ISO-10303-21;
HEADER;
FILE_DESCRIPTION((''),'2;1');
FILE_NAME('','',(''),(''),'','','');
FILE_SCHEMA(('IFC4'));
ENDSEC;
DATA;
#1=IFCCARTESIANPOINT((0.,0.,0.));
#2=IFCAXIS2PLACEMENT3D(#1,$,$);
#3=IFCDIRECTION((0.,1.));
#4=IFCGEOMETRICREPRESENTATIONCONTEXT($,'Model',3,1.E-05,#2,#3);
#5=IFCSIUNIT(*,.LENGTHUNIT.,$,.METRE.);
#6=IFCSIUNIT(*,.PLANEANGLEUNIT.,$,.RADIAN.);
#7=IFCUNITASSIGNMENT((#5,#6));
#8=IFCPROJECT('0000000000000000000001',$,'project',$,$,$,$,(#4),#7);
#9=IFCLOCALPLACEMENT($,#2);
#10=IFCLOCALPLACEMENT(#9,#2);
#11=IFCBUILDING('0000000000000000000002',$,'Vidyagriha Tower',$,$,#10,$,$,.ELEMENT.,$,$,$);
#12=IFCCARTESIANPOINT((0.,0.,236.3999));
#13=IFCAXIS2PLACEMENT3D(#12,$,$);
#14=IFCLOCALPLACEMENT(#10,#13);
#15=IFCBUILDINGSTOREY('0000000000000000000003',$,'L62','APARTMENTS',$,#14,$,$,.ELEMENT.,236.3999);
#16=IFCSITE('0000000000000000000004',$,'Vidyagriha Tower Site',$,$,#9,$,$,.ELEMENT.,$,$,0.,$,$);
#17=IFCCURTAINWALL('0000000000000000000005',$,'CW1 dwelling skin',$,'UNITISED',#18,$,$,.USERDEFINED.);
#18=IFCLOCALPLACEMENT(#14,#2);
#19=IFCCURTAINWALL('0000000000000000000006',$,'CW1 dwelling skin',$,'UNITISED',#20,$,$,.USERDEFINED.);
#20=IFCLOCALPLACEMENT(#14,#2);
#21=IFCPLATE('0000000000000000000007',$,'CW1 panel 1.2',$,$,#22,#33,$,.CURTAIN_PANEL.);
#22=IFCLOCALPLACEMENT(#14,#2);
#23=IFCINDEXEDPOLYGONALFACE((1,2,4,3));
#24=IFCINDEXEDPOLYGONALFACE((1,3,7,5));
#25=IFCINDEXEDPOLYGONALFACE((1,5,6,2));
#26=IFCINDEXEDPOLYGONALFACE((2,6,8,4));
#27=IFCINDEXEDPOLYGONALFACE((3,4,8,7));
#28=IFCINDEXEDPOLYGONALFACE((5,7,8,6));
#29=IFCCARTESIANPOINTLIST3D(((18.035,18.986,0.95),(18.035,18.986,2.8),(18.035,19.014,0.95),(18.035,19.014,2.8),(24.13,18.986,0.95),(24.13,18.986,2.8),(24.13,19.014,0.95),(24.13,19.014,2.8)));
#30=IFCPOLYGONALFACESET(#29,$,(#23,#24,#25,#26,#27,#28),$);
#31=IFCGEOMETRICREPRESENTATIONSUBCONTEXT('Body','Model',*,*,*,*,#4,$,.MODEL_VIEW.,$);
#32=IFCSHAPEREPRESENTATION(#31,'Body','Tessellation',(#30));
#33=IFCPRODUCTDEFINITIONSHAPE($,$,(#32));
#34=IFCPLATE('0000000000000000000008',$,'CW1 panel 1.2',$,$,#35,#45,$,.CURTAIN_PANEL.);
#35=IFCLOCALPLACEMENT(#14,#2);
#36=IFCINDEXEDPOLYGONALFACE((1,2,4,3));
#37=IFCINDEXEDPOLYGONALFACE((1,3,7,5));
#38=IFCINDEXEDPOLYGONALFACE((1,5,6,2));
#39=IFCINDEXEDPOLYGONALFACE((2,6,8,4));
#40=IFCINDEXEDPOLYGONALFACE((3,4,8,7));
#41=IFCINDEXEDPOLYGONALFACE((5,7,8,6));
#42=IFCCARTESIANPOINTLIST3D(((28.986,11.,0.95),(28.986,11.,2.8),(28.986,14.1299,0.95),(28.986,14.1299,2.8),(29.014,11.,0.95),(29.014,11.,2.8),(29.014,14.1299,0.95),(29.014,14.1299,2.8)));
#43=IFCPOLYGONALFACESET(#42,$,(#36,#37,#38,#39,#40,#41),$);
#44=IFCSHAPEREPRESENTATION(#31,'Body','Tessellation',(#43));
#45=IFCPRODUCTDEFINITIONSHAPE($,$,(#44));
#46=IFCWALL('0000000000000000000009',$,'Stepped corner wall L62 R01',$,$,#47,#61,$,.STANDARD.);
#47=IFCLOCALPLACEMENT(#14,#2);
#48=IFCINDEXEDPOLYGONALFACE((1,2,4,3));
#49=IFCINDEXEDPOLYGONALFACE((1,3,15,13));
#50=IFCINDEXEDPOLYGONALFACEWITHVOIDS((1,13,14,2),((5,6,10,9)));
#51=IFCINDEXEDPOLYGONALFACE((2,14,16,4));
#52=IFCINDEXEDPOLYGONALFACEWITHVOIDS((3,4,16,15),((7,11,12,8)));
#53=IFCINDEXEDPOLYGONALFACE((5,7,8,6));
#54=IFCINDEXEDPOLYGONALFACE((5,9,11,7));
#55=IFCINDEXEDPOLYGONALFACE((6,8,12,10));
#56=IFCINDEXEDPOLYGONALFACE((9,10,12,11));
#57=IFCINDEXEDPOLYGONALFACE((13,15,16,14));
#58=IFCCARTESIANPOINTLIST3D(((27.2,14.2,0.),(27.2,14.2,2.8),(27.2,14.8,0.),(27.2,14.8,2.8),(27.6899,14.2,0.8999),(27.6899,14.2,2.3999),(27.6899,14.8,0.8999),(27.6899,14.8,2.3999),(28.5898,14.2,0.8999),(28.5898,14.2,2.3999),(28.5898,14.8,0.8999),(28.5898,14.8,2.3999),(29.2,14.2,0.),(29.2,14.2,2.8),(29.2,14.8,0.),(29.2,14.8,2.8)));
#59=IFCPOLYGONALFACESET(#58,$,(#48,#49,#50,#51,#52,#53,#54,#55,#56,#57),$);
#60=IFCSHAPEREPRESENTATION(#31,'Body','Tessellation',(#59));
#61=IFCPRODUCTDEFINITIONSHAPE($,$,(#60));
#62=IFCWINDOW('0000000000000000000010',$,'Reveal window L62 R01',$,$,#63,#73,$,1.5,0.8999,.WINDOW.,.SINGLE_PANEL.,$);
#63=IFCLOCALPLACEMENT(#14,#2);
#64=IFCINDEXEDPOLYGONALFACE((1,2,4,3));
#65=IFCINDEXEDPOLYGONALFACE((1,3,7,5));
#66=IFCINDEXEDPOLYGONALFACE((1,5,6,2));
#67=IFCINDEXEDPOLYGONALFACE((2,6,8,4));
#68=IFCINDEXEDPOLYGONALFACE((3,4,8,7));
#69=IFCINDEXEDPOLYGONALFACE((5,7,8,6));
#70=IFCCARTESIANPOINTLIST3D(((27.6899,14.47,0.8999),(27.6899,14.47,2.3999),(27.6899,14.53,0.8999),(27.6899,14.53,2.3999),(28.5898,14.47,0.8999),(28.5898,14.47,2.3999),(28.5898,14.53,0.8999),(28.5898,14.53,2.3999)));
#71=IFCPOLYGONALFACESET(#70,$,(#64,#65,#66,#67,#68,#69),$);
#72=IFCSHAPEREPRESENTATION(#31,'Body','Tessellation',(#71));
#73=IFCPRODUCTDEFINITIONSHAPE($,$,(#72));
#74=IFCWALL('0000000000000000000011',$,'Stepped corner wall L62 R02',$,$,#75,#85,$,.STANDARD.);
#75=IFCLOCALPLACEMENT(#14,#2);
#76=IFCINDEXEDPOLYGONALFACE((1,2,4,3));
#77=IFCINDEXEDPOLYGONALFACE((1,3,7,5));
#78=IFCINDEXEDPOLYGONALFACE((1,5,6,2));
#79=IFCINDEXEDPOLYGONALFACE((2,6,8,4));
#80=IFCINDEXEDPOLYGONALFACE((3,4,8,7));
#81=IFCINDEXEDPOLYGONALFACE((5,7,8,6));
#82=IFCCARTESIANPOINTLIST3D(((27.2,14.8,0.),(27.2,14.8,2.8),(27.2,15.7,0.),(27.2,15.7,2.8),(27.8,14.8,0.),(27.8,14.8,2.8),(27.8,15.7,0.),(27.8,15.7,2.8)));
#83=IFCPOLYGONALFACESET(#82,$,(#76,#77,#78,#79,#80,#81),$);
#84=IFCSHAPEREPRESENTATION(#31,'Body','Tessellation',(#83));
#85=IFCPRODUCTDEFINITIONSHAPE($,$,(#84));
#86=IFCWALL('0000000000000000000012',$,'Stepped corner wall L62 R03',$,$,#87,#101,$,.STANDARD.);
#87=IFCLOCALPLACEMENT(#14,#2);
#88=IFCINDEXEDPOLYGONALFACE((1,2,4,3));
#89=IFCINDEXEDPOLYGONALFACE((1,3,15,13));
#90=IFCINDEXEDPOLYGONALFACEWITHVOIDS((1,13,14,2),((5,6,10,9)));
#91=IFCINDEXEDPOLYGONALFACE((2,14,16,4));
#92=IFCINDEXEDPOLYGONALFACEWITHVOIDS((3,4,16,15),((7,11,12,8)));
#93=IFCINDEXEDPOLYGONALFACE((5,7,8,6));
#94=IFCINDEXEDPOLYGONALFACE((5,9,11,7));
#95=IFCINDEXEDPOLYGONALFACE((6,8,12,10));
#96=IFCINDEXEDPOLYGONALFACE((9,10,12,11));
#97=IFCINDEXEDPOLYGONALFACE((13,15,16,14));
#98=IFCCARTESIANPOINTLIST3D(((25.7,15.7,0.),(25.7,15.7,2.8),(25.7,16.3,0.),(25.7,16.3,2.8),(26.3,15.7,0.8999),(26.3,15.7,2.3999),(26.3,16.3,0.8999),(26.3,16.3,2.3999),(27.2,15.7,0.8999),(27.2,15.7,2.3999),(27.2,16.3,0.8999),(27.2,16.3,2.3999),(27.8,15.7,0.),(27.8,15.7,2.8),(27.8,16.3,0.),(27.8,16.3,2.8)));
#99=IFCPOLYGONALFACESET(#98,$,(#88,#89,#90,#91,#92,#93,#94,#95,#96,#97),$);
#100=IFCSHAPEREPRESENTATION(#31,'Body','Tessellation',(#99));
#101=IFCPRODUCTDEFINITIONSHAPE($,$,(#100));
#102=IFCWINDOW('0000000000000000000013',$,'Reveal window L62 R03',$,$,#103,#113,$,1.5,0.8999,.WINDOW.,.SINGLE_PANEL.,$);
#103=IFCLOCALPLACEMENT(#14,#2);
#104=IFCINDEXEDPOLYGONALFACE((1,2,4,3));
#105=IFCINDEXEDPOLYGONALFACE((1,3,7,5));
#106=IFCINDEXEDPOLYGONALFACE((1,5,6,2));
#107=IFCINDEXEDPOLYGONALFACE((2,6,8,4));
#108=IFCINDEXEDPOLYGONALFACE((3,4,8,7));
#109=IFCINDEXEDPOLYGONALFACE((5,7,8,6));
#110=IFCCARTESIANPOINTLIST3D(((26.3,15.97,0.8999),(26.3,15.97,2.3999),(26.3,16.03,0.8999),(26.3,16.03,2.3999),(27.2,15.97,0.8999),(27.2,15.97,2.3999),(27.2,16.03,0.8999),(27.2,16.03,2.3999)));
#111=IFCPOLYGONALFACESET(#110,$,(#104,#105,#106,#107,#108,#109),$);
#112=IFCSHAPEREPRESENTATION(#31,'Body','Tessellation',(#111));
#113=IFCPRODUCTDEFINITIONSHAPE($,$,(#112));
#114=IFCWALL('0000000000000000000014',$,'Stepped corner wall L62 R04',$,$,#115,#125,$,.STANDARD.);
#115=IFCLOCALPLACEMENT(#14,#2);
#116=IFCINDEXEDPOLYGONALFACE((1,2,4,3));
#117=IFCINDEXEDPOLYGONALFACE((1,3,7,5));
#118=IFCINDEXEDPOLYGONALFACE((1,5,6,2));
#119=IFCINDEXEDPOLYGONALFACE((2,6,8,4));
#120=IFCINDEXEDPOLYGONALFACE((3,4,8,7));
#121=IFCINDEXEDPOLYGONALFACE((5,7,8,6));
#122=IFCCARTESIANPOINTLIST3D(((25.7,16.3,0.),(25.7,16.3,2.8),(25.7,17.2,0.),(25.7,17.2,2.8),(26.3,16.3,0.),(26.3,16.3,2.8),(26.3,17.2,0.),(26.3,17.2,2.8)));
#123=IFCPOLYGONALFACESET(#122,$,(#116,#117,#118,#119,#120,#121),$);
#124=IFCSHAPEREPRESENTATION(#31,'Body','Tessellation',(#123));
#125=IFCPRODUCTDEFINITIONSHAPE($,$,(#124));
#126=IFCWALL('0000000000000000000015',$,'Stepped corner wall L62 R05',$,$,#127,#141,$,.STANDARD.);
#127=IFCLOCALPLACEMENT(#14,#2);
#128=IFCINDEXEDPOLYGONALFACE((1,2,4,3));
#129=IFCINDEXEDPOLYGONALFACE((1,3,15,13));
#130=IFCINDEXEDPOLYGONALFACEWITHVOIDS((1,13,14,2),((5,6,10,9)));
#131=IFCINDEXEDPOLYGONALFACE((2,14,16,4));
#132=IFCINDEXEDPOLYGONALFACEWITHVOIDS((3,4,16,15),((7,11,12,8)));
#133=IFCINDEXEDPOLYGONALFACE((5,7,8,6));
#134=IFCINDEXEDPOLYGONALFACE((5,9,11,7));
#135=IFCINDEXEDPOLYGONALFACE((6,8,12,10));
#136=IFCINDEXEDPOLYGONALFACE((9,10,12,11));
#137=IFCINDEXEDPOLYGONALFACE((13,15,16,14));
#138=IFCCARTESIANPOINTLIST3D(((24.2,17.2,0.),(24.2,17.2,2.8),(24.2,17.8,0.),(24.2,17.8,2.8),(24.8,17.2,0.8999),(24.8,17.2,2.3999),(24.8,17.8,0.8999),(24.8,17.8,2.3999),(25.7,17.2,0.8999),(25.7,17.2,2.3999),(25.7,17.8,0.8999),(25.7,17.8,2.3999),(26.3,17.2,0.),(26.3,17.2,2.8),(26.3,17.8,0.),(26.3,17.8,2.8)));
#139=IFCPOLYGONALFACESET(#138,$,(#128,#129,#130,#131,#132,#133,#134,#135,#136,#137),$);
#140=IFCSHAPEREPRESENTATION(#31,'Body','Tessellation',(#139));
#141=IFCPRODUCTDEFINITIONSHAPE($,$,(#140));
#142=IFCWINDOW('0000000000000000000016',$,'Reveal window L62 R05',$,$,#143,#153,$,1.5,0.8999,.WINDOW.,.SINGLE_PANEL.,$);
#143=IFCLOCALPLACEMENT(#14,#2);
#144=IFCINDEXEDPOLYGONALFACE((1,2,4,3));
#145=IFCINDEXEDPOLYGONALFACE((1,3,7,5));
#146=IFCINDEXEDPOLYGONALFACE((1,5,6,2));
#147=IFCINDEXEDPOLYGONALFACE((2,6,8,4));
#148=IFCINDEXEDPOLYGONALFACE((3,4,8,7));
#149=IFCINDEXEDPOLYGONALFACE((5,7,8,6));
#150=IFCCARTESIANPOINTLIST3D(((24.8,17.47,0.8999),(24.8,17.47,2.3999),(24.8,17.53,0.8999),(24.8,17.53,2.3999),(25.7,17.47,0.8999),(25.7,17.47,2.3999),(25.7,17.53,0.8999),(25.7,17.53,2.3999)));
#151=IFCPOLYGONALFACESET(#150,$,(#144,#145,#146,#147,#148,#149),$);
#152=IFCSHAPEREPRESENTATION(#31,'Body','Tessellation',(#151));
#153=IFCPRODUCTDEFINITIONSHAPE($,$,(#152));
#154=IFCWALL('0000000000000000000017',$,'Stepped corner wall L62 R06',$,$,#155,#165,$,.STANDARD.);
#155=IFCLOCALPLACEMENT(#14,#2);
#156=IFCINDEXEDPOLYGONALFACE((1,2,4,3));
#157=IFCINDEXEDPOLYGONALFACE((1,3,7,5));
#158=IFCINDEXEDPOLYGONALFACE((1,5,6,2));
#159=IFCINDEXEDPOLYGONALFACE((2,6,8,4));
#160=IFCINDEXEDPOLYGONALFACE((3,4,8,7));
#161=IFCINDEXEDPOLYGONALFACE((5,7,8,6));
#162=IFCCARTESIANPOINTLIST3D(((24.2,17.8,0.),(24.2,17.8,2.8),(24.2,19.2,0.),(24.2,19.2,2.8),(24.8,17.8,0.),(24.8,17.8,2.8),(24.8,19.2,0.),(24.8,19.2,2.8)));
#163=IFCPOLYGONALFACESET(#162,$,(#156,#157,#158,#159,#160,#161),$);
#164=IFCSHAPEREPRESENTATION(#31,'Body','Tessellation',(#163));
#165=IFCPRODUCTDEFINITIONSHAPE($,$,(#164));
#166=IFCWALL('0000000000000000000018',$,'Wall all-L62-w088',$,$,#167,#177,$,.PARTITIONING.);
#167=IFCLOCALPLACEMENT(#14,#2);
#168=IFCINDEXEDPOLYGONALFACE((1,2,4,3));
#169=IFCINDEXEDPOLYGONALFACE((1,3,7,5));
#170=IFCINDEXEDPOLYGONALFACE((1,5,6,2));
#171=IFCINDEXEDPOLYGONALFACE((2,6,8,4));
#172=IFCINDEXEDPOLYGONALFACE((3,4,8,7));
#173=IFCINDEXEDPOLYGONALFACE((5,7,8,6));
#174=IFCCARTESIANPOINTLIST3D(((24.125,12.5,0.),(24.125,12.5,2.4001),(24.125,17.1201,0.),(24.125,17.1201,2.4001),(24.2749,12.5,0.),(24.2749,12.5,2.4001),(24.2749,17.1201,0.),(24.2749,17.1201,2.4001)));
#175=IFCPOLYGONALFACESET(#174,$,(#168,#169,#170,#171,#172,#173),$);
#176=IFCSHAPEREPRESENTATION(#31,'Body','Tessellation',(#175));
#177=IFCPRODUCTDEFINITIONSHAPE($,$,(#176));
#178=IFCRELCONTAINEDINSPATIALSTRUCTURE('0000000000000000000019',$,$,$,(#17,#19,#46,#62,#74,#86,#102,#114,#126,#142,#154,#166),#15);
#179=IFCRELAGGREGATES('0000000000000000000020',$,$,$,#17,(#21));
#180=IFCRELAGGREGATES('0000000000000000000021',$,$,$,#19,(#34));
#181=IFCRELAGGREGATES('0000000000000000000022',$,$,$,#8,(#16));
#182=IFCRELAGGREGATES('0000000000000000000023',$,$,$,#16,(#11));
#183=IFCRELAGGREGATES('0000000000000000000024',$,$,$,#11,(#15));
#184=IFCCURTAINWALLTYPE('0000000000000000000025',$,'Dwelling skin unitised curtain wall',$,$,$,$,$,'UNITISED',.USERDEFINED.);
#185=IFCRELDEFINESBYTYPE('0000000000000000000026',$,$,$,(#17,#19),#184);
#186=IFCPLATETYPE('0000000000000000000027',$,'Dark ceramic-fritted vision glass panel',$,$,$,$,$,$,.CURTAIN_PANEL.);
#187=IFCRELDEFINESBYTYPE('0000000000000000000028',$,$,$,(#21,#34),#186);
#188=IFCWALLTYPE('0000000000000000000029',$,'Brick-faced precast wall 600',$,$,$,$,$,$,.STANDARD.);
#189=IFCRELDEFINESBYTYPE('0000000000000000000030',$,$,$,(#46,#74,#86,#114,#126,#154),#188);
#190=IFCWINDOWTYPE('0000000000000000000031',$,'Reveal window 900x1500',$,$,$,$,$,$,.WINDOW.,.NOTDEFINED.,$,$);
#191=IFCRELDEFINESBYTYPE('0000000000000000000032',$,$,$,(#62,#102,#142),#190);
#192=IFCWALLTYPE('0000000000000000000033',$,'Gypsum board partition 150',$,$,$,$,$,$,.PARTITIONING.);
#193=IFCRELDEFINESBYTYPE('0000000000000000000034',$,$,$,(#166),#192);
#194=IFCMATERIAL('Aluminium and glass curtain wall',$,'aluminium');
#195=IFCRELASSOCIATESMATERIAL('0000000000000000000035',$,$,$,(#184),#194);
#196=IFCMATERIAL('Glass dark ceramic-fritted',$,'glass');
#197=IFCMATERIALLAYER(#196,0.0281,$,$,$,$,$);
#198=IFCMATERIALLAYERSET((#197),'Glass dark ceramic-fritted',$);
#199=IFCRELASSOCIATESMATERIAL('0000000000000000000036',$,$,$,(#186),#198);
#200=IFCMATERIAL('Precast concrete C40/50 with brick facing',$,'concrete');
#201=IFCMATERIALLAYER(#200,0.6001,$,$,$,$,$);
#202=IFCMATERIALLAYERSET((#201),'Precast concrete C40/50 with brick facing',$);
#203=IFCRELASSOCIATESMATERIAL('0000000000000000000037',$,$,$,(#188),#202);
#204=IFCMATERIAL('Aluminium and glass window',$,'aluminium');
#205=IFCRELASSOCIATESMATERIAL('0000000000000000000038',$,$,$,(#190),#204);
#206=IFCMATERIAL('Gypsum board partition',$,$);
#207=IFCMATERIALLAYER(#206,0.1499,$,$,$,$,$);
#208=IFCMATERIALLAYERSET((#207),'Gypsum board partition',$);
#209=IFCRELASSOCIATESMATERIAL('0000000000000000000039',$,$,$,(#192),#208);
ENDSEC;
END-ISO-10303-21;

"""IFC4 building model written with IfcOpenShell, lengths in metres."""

from ifc_helpers import new_model, si_unit, direction, frame, frame_2d, origin, origin_2d, place, context, subcontext, project, spatial, rectangle, extrude, material, layer, layer_set, type_object, element, fill, aggregate, save


model = new_model("IFC4")

# Units and contexts
model_context = context("Model", 3, precision=1e-05, world=origin(), true_north=direction((0.0, 1.0)))
body_context = subcontext(model_context, "Body", "Model", "MODEL_VIEW")
ifc_project = project(units=[si_unit("LENGTHUNIT", "METRE"), si_unit("PLANEANGLEUNIT", "RADIAN")], contexts=[model_context])

# Site, building, storey
site_placement = place(None, origin())
site = spatial("IfcSite", under=ifc_project, at=site_placement, Name="Vidyagriha Tower Site", CompositionType="ELEMENT", RefElevation=0.0)
building_placement = place(site_placement, origin())
building = spatial("IfcBuilding", under=site, at=building_placement, Name="Vidyagriha Tower", CompositionType="ELEMENT")
storey_placement = place(building_placement, frame((0.0, 0.0, 236.3999)))
storey = spatial("IfcBuildingStorey", under=building, at=storey_placement, Name="L62", Description="APARTMENTS", CompositionType="ELEMENT", Elevation=236.3999)

# Curtain wall
ifc_material_1 = material(Name="Aluminium and glass curtain wall", Category="aluminium")
curtain_wall_type = type_object("IfcCurtainWallType", Name="Dwelling skin unitised curtain wall", ElementType="UNITISED", PredefinedType="USERDEFINED", material=ifc_material_1)
curtain_wall_1_placement = place(storey_placement, origin())
curtain_wall_1 = element("IfcCurtainWall", 1, at=curtain_wall_1_placement, inside=storey, type_object=curtain_wall_type, Name="CW1 dwelling skin", ObjectType="UNITISED", PredefinedType="USERDEFINED")

# Curtain wall
curtain_wall_2_placement = place(storey_placement, origin())
curtain_wall_2 = element("IfcCurtainWall", 2, at=curtain_wall_2_placement, inside=storey, type_object=curtain_wall_type, Name="CW1 dwelling skin", ObjectType="UNITISED", PredefinedType="USERDEFINED")

# Plates
ifc_material_2 = material(Name="Glass dark ceramic-fritted", Category="glass")
ifc_layer_1 = layer(ifc_material_2, 0.0281)
ifc_layer_set_1 = layer_set([ifc_layer_1], Name="Glass dark ceramic-fritted")
plate_type_1 = type_object("IfcPlateType", Name="Dark ceramic-fritted vision glass panel", PredefinedType="CURTAIN_PANEL", material=ifc_layer_set_1)
plate_1_placement = place(storey_placement, frame((21.0825, 19.0, 0.95), z_axis=(0.0, 0.0, 1.0), x_axis=(-1.0, 0.0, 0.0)))
plate_1 = element("IfcPlate", 3, at=plate_1_placement, type_object=plate_type_1, Name="CW1 panel 1.2", PredefinedType="CURTAIN_PANEL", context=body_context, shape_type="SweptSolid", body=[
    extrude(rectangle(XDim=6.095, YDim=0.0281, at=origin_2d()), origin(), (0.0, 0.0, 1.0), 1.8501),
])
aggregate(curtain_wall_1, [plate_1])
plate_2_placement = place(storey_placement, frame((29.0, 12.5649, 0.95), z_axis=(0.0, 0.0, 1.0), x_axis=(0.0, 1.0, 0.0)))
plate_2 = element("IfcPlate", 4, at=plate_2_placement, type_object=plate_type_1, Name="CW1 panel 1.2", PredefinedType="CURTAIN_PANEL", context=body_context, shape_type="SweptSolid", body=[
    extrude(rectangle(XDim=3.1299, YDim=0.0281, at=origin_2d()), origin(), (0.0, 0.0, 1.0), 1.8501),
])
aggregate(curtain_wall_2, [plate_2])

# Wall, opening, window
ifc_material_3 = material(Name="Precast concrete C40/50 with brick facing", Category="concrete")
ifc_layer_2 = layer(ifc_material_3, 0.6001)
ifc_layer_set_2 = layer_set([ifc_layer_2], Name="Precast concrete C40/50 with brick facing")
wall_type_1 = type_object("IfcWallType", Name="Brick-faced precast wall 600", PredefinedType="STANDARD", material=ifc_layer_set_2)
wall_1_placement = place(storey_placement, frame((29.2, 14.5, 0.0), z_axis=(0.0, 0.0, 1.0), x_axis=(-1.0, 0.0, 0.0)))
wall_1 = element("IfcWall", 5, at=wall_1_placement, inside=storey, type_object=wall_type_1, Name="Stepped corner wall L62 R01", PredefinedType="STANDARD", context=body_context, shape_type="SweptSolid", body=[
    extrude(rectangle(XDim=2.0, YDim=0.6001, at=frame_2d((1.0, 0.0))), origin(), (0.0, 0.0, 1.0), 2.8),
])
opening_1_placement = place(wall_1_placement, frame((0.6101, 0.0, 0.8999)))
opening_1 = element("IfcOpeningElement", 6, at=opening_1_placement, cuts=wall_1, PredefinedType="OPENING", context=body_context, shape_type="SweptSolid", body=[
    extrude(rectangle(XDim=0.8999, YDim=1.5, at=frame_2d((0.45, 0.75))), frame((0.0, 0.3101, 0.0), z_axis=(0.0, -1.0, 0.0), x_axis=(1.0, 0.0, 0.0)), (0.0, 0.0, 1.0), 0.6201),
])
ifc_material_4 = material(Name="Aluminium and glass window", Category="aluminium")
window_type = type_object("IfcWindowType", Name="Reveal window 900x1500", PartitioningType="NOTDEFINED", PredefinedType="WINDOW", material=ifc_material_4)
window_1_placement = place(opening_1_placement, origin())
window_1 = element("IfcWindow", 7, at=window_1_placement, inside=storey, type_object=window_type, Name="Reveal window L62 R01", OverallHeight=1.5, OverallWidth=0.8999, PartitioningType="SINGLE_PANEL", PredefinedType="WINDOW", context=body_context, shape_type="SweptSolid", body=[
    extrude(rectangle(XDim=0.8999, YDim=1.5, at=frame_2d((0.45, 0.75))), frame((0.0, 0.03, 0.0), z_axis=(0.0, -1.0, 0.0), x_axis=(1.0, 0.0, 0.0)), (0.0, 0.0, 1.0), 0.0601),
])
fill(opening_1, window_1)

# Wall
wall_2_placement = place(storey_placement, frame((27.5, 14.8, 0.0), z_axis=(0.0, 0.0, 1.0), x_axis=(0.0, 1.0, 0.0)))
element("IfcWall", 8, at=wall_2_placement, inside=storey, type_object=wall_type_1, Name="Stepped corner wall L62 R02", PredefinedType="STANDARD", context=body_context, shape_type="SweptSolid", body=[
    extrude(rectangle(XDim=0.8999, YDim=0.6001, at=frame_2d((0.45, 0.0))), origin(), (0.0, 0.0, 1.0), 2.8),
])

# Wall, opening, window
wall_3_placement = place(storey_placement, frame((27.8, 16.0, 0.0), z_axis=(0.0, 0.0, 1.0), x_axis=(-1.0, 0.0, 0.0)))
wall_3 = element("IfcWall", 9, at=wall_3_placement, inside=storey, type_object=wall_type_1, Name="Stepped corner wall L62 R03", PredefinedType="STANDARD", context=body_context, shape_type="SweptSolid", body=[
    extrude(rectangle(XDim=2.1001, YDim=0.6001, at=frame_2d((1.05, 0.0))), origin(), (0.0, 0.0, 1.0), 2.8),
])
opening_2_placement = place(wall_3_placement, frame((0.6001, 0.0, 0.8999)))
opening_2 = element("IfcOpeningElement", 10, at=opening_2_placement, cuts=wall_3, PredefinedType="OPENING", context=body_context, shape_type="SweptSolid", body=[
    extrude(rectangle(XDim=0.8999, YDim=1.5, at=frame_2d((0.45, 0.75))), frame((0.0, 0.3101, 0.0), z_axis=(0.0, -1.0, 0.0), x_axis=(1.0, 0.0, 0.0)), (0.0, 0.0, 1.0), 0.6201),
])
window_2_placement = place(opening_2_placement, origin())
window_2 = element("IfcWindow", 11, at=window_2_placement, inside=storey, type_object=window_type, Name="Reveal window L62 R03", OverallHeight=1.5, OverallWidth=0.8999, PartitioningType="SINGLE_PANEL", PredefinedType="WINDOW", context=body_context, shape_type="SweptSolid", body=[
    extrude(rectangle(XDim=0.8999, YDim=1.5, at=frame_2d((0.45, 0.75))), frame((0.0, 0.03, 0.0), z_axis=(0.0, -1.0, 0.0), x_axis=(1.0, 0.0, 0.0)), (0.0, 0.0, 1.0), 0.0601),
])
fill(opening_2, window_2)

# Wall
wall_4_placement = place(storey_placement, frame((26.0, 16.3, 0.0), z_axis=(0.0, 0.0, 1.0), x_axis=(0.0, 1.0, 0.0)))
element("IfcWall", 12, at=wall_4_placement, inside=storey, type_object=wall_type_1, Name="Stepped corner wall L62 R04", PredefinedType="STANDARD", context=body_context, shape_type="SweptSolid", body=[
    extrude(rectangle(XDim=0.8999, YDim=0.6001, at=frame_2d((0.45, 0.0))), origin(), (0.0, 0.0, 1.0), 2.8),
])

# Wall, opening, window
wall_5_placement = place(storey_placement, frame((26.3, 17.5, 0.0), z_axis=(0.0, 0.0, 1.0), x_axis=(-1.0, 0.0, 0.0)))
wall_5 = element("IfcWall", 13, at=wall_5_placement, inside=storey, type_object=wall_type_1, Name="Stepped corner wall L62 R05", PredefinedType="STANDARD", context=body_context, shape_type="SweptSolid", body=[
    extrude(rectangle(XDim=2.1001, YDim=0.6001, at=frame_2d((1.05, 0.0))), origin(), (0.0, 0.0, 1.0), 2.8),
])
opening_3_placement = place(wall_5_placement, frame((0.6001, 0.0, 0.8999)))
opening_3 = element("IfcOpeningElement", 14, at=opening_3_placement, cuts=wall_5, PredefinedType="OPENING", context=body_context, shape_type="SweptSolid", body=[
    extrude(rectangle(XDim=0.8999, YDim=1.5, at=frame_2d((0.45, 0.75))), frame((0.0, 0.3101, 0.0), z_axis=(0.0, -1.0, 0.0), x_axis=(1.0, 0.0, 0.0)), (0.0, 0.0, 1.0), 0.6201),
])
window_3_placement = place(opening_3_placement, origin())
window_3 = element("IfcWindow", 15, at=window_3_placement, inside=storey, type_object=window_type, Name="Reveal window L62 R05", OverallHeight=1.5, OverallWidth=0.8999, PartitioningType="SINGLE_PANEL", PredefinedType="WINDOW", context=body_context, shape_type="SweptSolid", body=[
    extrude(rectangle(XDim=0.8999, YDim=1.5, at=frame_2d((0.45, 0.75))), frame((0.0, 0.03, 0.0), z_axis=(0.0, -1.0, 0.0), x_axis=(1.0, 0.0, 0.0)), (0.0, 0.0, 1.0), 0.0601),
])
fill(opening_3, window_3)

# Walls
wall_6_placement = place(storey_placement, frame((24.5, 17.8, 0.0), z_axis=(0.0, 0.0, 1.0), x_axis=(0.0, 1.0, 0.0)))
element("IfcWall", 16, at=wall_6_placement, inside=storey, type_object=wall_type_1, Name="Stepped corner wall L62 R06", PredefinedType="STANDARD", context=body_context, shape_type="SweptSolid", body=[
    extrude(rectangle(XDim=1.3999, YDim=0.6001, at=frame_2d((0.7, 0.0))), origin(), (0.0, 0.0, 1.0), 2.8),
])
ifc_material_5 = material(Name="Gypsum board partition")
ifc_layer_3 = layer(ifc_material_5, 0.1499)
ifc_layer_set_3 = layer_set([ifc_layer_3], Name="Gypsum board partition")
wall_type_2 = type_object("IfcWallType", Name="Gypsum board partition 150", PredefinedType="PARTITIONING", material=ifc_layer_set_3)
wall_7_placement = place(storey_placement, frame((24.2, 17.1201, 0.0), z_axis=(0.0, 0.0, 1.0), x_axis=(0.0, -1.0, 0.0)))
element("IfcWall", 17, at=wall_7_placement, inside=storey, type_object=wall_type_2, Name="Wall all-L62-w088", PredefinedType="PARTITIONING", context=body_context, shape_type="SweptSolid", body=[
    extrude(rectangle(XDim=4.6201, YDim=0.1499, at=frame_2d((2.3101, 0.0))), origin(), (0.0, 0.0, 1.0), 2.4001),
])

save(model, "model.ifc")
